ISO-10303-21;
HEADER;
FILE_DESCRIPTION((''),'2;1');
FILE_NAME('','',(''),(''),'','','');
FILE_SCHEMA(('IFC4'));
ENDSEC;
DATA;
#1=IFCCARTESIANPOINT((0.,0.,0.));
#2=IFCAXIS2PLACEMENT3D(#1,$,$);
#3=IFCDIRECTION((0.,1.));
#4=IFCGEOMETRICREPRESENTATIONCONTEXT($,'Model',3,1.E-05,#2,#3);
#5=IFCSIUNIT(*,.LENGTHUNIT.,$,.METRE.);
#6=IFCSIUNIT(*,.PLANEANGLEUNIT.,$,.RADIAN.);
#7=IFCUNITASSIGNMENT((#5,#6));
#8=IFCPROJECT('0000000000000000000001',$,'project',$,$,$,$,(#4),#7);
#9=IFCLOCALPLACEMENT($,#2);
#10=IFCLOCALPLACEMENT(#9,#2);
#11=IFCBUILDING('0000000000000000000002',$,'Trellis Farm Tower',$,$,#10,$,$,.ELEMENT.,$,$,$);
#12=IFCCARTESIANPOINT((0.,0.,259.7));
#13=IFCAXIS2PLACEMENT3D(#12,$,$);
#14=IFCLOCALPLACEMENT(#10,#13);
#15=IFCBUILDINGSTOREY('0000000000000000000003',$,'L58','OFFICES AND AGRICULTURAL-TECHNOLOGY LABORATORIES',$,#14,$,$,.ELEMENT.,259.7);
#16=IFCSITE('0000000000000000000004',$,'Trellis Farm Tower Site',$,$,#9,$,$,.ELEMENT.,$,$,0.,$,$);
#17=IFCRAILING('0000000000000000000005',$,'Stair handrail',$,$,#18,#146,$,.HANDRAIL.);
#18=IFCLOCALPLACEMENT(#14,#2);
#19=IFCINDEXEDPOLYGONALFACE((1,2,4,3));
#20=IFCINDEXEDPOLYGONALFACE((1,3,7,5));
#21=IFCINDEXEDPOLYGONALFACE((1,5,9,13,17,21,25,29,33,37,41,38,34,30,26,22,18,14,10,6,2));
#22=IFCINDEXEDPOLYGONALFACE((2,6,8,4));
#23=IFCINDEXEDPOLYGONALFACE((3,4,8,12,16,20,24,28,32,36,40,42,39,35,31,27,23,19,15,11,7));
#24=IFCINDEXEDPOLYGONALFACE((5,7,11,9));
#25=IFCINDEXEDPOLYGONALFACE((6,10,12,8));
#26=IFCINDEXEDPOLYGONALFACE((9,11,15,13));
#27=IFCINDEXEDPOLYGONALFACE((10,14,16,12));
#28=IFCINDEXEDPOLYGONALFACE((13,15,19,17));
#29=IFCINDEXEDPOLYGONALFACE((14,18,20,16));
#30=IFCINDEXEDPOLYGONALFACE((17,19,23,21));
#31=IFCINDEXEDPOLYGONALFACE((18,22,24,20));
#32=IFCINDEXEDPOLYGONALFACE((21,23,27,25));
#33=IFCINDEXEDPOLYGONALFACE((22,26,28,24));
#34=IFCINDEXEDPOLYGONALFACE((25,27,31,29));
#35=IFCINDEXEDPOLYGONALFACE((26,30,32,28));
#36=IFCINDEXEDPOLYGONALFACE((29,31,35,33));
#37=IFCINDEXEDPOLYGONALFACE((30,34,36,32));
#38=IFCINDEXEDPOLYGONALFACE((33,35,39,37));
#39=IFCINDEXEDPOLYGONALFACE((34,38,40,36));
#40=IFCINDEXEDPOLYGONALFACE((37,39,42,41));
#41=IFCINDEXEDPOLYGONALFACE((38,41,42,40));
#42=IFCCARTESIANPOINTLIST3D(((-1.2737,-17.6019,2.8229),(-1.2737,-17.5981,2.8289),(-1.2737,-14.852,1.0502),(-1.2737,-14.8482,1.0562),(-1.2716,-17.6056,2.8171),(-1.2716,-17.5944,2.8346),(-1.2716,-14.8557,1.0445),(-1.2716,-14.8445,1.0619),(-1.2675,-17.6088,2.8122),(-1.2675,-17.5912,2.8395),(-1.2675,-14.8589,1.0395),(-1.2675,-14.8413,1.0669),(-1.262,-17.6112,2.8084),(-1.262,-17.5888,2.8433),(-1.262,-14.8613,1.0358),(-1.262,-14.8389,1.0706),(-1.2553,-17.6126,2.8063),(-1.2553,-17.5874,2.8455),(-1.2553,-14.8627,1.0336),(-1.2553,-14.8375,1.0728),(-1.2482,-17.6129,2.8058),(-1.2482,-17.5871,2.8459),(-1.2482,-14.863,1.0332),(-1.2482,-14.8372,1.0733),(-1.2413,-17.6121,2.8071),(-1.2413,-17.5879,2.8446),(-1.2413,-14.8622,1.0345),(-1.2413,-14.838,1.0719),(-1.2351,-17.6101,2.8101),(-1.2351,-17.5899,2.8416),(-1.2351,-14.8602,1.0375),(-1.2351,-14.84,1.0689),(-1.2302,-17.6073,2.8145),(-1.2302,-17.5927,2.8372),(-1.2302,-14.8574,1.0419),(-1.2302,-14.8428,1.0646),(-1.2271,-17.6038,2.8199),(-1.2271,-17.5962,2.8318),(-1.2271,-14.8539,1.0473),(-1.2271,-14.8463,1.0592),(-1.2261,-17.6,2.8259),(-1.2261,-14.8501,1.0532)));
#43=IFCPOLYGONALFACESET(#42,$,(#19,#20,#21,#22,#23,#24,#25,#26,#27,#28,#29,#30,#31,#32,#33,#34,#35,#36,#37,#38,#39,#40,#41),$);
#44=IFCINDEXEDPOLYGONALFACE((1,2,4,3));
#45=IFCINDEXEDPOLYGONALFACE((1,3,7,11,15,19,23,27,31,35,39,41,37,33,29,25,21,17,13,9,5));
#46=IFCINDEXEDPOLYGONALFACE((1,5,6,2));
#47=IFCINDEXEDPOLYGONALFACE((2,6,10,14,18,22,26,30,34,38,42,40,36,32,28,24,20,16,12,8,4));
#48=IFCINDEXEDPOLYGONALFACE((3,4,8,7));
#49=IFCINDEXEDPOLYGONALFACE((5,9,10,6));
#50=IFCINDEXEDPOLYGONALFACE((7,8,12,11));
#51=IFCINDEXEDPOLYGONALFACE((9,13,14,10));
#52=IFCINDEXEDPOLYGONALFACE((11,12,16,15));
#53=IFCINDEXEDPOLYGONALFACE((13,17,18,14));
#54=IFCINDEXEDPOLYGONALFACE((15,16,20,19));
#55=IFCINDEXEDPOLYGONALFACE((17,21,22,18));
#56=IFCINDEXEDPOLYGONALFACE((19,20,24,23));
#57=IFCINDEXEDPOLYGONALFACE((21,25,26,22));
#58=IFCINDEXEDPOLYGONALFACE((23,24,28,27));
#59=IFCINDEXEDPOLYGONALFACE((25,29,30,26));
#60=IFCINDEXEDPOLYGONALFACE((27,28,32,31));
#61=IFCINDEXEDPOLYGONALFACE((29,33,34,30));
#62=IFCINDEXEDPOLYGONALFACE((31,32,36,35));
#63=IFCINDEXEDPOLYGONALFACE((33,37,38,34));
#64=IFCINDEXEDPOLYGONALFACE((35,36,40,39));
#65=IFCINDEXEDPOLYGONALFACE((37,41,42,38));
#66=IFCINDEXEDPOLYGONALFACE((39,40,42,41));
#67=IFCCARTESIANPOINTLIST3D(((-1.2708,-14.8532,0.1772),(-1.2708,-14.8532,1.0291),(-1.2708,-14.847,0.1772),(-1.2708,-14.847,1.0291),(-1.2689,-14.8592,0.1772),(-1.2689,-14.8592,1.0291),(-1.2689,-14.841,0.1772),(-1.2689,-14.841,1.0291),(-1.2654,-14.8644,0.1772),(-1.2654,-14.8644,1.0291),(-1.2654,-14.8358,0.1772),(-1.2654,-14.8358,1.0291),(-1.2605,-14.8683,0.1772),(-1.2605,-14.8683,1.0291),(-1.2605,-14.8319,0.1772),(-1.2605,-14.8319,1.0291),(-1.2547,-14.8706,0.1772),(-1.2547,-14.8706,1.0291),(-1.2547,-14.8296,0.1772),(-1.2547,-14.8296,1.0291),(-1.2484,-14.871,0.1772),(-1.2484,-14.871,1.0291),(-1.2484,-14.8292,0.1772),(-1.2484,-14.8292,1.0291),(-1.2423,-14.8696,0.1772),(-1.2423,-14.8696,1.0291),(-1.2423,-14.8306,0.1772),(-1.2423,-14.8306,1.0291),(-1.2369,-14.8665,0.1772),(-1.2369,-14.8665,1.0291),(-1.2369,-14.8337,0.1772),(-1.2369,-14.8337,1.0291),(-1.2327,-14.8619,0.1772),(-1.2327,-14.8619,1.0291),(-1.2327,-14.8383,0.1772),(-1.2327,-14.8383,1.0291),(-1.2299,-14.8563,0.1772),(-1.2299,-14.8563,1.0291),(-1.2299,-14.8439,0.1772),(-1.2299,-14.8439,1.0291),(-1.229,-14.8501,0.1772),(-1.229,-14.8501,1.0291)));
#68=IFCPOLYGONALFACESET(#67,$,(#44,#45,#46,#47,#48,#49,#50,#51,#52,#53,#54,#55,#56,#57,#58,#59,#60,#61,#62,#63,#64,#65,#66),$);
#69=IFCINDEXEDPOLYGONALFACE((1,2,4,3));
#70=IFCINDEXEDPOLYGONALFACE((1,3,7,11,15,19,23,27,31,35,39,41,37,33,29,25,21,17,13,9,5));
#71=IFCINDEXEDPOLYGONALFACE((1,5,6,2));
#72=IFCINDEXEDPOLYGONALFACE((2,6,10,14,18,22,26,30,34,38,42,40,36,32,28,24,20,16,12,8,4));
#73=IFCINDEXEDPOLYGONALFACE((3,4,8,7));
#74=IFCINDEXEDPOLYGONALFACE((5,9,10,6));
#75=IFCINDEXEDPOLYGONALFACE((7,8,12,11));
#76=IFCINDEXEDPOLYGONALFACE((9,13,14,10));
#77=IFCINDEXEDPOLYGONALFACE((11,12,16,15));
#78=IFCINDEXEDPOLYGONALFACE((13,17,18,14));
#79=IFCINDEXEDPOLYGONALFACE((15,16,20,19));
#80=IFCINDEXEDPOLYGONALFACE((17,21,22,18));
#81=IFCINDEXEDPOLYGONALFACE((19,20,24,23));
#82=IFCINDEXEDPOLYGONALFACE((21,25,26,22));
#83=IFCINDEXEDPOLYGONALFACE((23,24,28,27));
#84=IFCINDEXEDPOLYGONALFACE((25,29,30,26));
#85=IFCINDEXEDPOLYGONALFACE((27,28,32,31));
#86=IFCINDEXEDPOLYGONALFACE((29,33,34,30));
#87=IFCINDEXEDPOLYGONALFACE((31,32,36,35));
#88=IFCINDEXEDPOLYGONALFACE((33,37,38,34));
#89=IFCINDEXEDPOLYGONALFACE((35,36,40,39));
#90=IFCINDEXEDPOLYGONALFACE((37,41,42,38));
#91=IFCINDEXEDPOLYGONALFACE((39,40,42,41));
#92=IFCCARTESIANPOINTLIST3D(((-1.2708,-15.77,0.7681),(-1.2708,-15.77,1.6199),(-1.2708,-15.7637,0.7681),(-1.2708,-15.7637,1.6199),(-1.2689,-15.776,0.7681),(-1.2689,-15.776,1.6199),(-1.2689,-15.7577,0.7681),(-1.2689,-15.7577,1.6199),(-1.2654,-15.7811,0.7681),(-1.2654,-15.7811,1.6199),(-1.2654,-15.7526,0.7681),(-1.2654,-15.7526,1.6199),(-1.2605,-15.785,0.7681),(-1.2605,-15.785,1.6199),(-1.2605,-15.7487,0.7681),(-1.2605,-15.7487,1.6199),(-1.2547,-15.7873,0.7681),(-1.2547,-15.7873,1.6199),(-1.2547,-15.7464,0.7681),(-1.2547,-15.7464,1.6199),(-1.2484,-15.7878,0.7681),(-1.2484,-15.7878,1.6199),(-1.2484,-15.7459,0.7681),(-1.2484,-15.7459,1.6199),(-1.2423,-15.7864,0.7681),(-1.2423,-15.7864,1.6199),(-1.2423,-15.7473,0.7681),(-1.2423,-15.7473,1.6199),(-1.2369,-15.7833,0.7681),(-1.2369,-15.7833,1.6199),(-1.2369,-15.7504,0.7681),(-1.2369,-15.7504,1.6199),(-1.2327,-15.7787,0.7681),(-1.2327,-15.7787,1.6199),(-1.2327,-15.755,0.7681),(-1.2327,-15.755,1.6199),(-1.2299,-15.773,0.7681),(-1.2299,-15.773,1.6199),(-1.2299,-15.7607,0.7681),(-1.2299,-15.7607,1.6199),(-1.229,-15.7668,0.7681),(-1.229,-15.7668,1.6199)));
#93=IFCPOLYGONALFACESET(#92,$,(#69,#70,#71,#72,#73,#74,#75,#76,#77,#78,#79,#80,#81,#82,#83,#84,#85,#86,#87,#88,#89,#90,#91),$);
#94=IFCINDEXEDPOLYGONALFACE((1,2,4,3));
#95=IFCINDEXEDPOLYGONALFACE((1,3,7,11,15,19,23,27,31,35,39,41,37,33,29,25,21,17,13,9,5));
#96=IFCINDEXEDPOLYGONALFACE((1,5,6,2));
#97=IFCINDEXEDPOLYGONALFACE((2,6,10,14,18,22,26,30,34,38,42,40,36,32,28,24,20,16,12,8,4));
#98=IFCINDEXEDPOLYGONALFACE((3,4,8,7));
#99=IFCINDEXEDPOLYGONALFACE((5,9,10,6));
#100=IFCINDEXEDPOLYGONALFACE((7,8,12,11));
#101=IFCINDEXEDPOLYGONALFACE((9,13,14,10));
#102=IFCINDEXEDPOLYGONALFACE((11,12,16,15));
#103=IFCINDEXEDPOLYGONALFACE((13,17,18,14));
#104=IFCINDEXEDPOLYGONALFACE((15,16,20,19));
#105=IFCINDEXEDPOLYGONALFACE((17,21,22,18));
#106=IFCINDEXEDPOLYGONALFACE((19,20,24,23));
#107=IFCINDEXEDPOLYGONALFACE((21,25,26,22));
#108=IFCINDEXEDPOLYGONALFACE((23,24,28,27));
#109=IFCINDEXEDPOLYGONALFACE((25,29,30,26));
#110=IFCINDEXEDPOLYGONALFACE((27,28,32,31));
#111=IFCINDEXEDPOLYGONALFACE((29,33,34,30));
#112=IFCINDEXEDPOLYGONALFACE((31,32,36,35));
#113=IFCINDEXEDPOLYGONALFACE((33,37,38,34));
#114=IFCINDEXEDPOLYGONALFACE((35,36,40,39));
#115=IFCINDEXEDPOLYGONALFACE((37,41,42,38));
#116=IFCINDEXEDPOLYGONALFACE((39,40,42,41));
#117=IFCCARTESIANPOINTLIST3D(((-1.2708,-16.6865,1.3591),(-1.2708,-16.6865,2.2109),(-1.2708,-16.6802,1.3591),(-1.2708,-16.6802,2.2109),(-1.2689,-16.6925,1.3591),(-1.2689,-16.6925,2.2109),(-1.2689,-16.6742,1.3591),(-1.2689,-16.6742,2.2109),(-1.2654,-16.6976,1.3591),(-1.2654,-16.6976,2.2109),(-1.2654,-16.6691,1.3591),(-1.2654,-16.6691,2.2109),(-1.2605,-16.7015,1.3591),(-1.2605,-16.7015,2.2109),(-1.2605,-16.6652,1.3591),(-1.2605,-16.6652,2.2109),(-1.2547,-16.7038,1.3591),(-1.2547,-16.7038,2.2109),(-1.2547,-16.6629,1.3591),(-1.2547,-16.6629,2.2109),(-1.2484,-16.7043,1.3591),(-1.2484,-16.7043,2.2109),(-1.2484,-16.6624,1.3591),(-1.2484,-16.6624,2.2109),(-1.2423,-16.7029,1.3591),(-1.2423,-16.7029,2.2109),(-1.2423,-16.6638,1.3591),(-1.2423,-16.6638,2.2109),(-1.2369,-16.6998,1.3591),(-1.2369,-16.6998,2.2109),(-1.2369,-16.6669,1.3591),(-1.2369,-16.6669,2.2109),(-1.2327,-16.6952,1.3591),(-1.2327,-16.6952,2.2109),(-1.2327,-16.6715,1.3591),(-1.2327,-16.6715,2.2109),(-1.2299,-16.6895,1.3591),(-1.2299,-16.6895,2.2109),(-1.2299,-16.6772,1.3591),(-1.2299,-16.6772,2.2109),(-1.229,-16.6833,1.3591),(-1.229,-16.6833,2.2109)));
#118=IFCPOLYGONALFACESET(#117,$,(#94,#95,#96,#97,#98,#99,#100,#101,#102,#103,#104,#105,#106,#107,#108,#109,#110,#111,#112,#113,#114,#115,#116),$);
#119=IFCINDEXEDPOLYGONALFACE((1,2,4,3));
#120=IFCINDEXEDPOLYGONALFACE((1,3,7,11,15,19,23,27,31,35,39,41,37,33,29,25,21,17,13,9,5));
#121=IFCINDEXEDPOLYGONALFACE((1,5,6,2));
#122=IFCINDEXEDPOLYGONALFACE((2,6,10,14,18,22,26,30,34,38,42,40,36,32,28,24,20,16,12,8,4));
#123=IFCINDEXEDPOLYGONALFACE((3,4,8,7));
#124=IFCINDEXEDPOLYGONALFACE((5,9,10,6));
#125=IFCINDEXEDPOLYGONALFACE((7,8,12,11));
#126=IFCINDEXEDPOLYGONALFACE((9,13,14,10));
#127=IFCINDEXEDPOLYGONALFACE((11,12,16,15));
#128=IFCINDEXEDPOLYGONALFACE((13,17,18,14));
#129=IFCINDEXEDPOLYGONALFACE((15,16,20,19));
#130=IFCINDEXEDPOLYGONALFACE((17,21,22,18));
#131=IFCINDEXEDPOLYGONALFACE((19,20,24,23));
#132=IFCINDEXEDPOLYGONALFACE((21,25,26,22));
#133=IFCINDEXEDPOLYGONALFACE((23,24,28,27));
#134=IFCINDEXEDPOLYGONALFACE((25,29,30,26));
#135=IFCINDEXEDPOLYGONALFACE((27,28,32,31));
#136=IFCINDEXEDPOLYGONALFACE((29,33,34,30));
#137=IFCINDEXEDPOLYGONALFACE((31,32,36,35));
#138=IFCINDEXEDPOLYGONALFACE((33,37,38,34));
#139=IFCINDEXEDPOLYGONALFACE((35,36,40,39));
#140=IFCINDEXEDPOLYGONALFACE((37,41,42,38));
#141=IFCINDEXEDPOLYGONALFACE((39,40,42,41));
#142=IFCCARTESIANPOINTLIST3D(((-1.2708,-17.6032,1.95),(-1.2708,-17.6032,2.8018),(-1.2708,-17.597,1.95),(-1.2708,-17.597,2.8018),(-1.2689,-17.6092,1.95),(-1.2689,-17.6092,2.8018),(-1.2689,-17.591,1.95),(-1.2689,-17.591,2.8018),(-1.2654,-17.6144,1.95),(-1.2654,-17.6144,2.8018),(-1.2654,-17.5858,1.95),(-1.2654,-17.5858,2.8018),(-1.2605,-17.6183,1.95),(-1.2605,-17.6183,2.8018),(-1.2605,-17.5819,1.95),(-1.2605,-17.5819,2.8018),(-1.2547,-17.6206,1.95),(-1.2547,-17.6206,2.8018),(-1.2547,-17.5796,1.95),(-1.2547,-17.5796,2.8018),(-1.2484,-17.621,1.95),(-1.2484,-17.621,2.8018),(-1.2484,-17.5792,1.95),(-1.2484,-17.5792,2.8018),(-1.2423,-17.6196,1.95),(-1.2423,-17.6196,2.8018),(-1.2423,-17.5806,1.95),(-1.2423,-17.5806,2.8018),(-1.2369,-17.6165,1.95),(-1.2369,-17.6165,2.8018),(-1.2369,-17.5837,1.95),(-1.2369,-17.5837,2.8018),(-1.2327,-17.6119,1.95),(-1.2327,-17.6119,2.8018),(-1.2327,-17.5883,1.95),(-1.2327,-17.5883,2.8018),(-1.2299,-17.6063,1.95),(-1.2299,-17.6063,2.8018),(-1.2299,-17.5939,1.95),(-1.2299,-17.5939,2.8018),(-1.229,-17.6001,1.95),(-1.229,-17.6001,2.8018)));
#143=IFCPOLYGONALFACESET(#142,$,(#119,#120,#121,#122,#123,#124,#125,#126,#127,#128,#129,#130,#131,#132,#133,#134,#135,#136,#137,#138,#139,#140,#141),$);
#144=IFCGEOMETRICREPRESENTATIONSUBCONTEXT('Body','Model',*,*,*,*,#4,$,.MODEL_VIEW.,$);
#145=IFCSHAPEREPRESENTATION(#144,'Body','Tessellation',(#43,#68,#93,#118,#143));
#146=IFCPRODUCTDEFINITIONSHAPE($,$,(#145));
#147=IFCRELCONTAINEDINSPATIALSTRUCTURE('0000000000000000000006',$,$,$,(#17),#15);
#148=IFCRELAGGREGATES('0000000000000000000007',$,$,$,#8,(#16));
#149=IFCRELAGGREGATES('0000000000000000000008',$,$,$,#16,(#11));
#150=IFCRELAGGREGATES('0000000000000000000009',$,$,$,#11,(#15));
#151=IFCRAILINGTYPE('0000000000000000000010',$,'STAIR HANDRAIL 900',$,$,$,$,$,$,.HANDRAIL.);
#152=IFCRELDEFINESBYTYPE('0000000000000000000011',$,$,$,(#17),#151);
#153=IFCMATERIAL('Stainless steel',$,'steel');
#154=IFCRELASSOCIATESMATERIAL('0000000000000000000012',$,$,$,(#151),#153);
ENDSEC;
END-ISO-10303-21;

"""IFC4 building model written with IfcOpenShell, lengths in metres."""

from ifc_helpers import new_model, si_unit, direction, frame, origin, origin_2d, place, context, subcontext, project, spatial, circle, extrude, source, transform, mapped, material, type_object, element, save


model = new_model("IFC4")

# Units and contexts
model_context = context("Model", 3, precision=1e-05, world=origin(), true_north=direction((0.0, 1.0)))
body_context = subcontext(model_context, "Body", "Model", "MODEL_VIEW")
ifc_project = project(units=[si_unit("LENGTHUNIT", "METRE"), si_unit("PLANEANGLEUNIT", "RADIAN")], contexts=[model_context])

# Site, building, storey
site_placement = place(None, origin())
site = spatial("IfcSite", under=ifc_project, at=site_placement, Name="Trellis Farm Tower Site", CompositionType="ELEMENT", RefElevation=0.0)
building_placement = place(site_placement, origin())
building = spatial("IfcBuilding", under=site, at=building_placement, Name="Trellis Farm Tower", CompositionType="ELEMENT")
storey_placement = place(building_placement, frame((0.0, 0.0, 259.7)))
storey = spatial("IfcBuildingStorey", under=building, at=storey_placement, Name="L58", Description="OFFICES AND AGRICULTURAL-TECHNOLOGY LABORATORIES", CompositionType="ELEMENT", Elevation=259.7)

# Railing
ifc_material_1 = material(Name="Stainless steel", Category="steel")
railing_type = type_object("IfcRailingType", Name="STAIR HANDRAIL 900", PredefinedType="HANDRAIL", material=ifc_material_1)
shared_shape_1 = source(origin(), body_context, "Body", "SweptSolid", [
    extrude(circle(Radius=0.0239, at=origin_2d()), frame((0.0, 0.0, 0.876), z_axis=(0.0, -0.840504, 0.541806), x_axis=(1.0, 0.0, 0.0)), (0.0, 0.0, 1.0), 3.2717),
    extrude(circle(Radius=0.021, at=origin_2d()), origin(), (0.0, 0.0, 1.0), 0.8518),
    extrude(circle(Radius=0.021, at=origin_2d()), frame((0.0, -0.9167, 0.5908)), (0.0, 0.0, 1.0), 0.8518),
    extrude(circle(Radius=0.021, at=origin_2d()), frame((0.0, -1.8333, 1.1819)), (0.0, 0.0, 1.0), 0.8518),
    extrude(circle(Radius=0.021, at=origin_2d()), frame((0.0, -2.75, 1.7727)), (0.0, 0.0, 1.0), 0.8518),
])
railing_placement = place(storey_placement, frame((-1.25, -14.8501, 0.1772)))
element("IfcRailing", 1, at=railing_placement, inside=storey, type_object=railing_type, Name="Stair handrail", PredefinedType="HANDRAIL", context=body_context, shape_type="MappedRepresentation", body=[
    mapped(shared_shape_1, transform((0.0, 0.0, 0.0))),
])

save(model, "model.ifc")
